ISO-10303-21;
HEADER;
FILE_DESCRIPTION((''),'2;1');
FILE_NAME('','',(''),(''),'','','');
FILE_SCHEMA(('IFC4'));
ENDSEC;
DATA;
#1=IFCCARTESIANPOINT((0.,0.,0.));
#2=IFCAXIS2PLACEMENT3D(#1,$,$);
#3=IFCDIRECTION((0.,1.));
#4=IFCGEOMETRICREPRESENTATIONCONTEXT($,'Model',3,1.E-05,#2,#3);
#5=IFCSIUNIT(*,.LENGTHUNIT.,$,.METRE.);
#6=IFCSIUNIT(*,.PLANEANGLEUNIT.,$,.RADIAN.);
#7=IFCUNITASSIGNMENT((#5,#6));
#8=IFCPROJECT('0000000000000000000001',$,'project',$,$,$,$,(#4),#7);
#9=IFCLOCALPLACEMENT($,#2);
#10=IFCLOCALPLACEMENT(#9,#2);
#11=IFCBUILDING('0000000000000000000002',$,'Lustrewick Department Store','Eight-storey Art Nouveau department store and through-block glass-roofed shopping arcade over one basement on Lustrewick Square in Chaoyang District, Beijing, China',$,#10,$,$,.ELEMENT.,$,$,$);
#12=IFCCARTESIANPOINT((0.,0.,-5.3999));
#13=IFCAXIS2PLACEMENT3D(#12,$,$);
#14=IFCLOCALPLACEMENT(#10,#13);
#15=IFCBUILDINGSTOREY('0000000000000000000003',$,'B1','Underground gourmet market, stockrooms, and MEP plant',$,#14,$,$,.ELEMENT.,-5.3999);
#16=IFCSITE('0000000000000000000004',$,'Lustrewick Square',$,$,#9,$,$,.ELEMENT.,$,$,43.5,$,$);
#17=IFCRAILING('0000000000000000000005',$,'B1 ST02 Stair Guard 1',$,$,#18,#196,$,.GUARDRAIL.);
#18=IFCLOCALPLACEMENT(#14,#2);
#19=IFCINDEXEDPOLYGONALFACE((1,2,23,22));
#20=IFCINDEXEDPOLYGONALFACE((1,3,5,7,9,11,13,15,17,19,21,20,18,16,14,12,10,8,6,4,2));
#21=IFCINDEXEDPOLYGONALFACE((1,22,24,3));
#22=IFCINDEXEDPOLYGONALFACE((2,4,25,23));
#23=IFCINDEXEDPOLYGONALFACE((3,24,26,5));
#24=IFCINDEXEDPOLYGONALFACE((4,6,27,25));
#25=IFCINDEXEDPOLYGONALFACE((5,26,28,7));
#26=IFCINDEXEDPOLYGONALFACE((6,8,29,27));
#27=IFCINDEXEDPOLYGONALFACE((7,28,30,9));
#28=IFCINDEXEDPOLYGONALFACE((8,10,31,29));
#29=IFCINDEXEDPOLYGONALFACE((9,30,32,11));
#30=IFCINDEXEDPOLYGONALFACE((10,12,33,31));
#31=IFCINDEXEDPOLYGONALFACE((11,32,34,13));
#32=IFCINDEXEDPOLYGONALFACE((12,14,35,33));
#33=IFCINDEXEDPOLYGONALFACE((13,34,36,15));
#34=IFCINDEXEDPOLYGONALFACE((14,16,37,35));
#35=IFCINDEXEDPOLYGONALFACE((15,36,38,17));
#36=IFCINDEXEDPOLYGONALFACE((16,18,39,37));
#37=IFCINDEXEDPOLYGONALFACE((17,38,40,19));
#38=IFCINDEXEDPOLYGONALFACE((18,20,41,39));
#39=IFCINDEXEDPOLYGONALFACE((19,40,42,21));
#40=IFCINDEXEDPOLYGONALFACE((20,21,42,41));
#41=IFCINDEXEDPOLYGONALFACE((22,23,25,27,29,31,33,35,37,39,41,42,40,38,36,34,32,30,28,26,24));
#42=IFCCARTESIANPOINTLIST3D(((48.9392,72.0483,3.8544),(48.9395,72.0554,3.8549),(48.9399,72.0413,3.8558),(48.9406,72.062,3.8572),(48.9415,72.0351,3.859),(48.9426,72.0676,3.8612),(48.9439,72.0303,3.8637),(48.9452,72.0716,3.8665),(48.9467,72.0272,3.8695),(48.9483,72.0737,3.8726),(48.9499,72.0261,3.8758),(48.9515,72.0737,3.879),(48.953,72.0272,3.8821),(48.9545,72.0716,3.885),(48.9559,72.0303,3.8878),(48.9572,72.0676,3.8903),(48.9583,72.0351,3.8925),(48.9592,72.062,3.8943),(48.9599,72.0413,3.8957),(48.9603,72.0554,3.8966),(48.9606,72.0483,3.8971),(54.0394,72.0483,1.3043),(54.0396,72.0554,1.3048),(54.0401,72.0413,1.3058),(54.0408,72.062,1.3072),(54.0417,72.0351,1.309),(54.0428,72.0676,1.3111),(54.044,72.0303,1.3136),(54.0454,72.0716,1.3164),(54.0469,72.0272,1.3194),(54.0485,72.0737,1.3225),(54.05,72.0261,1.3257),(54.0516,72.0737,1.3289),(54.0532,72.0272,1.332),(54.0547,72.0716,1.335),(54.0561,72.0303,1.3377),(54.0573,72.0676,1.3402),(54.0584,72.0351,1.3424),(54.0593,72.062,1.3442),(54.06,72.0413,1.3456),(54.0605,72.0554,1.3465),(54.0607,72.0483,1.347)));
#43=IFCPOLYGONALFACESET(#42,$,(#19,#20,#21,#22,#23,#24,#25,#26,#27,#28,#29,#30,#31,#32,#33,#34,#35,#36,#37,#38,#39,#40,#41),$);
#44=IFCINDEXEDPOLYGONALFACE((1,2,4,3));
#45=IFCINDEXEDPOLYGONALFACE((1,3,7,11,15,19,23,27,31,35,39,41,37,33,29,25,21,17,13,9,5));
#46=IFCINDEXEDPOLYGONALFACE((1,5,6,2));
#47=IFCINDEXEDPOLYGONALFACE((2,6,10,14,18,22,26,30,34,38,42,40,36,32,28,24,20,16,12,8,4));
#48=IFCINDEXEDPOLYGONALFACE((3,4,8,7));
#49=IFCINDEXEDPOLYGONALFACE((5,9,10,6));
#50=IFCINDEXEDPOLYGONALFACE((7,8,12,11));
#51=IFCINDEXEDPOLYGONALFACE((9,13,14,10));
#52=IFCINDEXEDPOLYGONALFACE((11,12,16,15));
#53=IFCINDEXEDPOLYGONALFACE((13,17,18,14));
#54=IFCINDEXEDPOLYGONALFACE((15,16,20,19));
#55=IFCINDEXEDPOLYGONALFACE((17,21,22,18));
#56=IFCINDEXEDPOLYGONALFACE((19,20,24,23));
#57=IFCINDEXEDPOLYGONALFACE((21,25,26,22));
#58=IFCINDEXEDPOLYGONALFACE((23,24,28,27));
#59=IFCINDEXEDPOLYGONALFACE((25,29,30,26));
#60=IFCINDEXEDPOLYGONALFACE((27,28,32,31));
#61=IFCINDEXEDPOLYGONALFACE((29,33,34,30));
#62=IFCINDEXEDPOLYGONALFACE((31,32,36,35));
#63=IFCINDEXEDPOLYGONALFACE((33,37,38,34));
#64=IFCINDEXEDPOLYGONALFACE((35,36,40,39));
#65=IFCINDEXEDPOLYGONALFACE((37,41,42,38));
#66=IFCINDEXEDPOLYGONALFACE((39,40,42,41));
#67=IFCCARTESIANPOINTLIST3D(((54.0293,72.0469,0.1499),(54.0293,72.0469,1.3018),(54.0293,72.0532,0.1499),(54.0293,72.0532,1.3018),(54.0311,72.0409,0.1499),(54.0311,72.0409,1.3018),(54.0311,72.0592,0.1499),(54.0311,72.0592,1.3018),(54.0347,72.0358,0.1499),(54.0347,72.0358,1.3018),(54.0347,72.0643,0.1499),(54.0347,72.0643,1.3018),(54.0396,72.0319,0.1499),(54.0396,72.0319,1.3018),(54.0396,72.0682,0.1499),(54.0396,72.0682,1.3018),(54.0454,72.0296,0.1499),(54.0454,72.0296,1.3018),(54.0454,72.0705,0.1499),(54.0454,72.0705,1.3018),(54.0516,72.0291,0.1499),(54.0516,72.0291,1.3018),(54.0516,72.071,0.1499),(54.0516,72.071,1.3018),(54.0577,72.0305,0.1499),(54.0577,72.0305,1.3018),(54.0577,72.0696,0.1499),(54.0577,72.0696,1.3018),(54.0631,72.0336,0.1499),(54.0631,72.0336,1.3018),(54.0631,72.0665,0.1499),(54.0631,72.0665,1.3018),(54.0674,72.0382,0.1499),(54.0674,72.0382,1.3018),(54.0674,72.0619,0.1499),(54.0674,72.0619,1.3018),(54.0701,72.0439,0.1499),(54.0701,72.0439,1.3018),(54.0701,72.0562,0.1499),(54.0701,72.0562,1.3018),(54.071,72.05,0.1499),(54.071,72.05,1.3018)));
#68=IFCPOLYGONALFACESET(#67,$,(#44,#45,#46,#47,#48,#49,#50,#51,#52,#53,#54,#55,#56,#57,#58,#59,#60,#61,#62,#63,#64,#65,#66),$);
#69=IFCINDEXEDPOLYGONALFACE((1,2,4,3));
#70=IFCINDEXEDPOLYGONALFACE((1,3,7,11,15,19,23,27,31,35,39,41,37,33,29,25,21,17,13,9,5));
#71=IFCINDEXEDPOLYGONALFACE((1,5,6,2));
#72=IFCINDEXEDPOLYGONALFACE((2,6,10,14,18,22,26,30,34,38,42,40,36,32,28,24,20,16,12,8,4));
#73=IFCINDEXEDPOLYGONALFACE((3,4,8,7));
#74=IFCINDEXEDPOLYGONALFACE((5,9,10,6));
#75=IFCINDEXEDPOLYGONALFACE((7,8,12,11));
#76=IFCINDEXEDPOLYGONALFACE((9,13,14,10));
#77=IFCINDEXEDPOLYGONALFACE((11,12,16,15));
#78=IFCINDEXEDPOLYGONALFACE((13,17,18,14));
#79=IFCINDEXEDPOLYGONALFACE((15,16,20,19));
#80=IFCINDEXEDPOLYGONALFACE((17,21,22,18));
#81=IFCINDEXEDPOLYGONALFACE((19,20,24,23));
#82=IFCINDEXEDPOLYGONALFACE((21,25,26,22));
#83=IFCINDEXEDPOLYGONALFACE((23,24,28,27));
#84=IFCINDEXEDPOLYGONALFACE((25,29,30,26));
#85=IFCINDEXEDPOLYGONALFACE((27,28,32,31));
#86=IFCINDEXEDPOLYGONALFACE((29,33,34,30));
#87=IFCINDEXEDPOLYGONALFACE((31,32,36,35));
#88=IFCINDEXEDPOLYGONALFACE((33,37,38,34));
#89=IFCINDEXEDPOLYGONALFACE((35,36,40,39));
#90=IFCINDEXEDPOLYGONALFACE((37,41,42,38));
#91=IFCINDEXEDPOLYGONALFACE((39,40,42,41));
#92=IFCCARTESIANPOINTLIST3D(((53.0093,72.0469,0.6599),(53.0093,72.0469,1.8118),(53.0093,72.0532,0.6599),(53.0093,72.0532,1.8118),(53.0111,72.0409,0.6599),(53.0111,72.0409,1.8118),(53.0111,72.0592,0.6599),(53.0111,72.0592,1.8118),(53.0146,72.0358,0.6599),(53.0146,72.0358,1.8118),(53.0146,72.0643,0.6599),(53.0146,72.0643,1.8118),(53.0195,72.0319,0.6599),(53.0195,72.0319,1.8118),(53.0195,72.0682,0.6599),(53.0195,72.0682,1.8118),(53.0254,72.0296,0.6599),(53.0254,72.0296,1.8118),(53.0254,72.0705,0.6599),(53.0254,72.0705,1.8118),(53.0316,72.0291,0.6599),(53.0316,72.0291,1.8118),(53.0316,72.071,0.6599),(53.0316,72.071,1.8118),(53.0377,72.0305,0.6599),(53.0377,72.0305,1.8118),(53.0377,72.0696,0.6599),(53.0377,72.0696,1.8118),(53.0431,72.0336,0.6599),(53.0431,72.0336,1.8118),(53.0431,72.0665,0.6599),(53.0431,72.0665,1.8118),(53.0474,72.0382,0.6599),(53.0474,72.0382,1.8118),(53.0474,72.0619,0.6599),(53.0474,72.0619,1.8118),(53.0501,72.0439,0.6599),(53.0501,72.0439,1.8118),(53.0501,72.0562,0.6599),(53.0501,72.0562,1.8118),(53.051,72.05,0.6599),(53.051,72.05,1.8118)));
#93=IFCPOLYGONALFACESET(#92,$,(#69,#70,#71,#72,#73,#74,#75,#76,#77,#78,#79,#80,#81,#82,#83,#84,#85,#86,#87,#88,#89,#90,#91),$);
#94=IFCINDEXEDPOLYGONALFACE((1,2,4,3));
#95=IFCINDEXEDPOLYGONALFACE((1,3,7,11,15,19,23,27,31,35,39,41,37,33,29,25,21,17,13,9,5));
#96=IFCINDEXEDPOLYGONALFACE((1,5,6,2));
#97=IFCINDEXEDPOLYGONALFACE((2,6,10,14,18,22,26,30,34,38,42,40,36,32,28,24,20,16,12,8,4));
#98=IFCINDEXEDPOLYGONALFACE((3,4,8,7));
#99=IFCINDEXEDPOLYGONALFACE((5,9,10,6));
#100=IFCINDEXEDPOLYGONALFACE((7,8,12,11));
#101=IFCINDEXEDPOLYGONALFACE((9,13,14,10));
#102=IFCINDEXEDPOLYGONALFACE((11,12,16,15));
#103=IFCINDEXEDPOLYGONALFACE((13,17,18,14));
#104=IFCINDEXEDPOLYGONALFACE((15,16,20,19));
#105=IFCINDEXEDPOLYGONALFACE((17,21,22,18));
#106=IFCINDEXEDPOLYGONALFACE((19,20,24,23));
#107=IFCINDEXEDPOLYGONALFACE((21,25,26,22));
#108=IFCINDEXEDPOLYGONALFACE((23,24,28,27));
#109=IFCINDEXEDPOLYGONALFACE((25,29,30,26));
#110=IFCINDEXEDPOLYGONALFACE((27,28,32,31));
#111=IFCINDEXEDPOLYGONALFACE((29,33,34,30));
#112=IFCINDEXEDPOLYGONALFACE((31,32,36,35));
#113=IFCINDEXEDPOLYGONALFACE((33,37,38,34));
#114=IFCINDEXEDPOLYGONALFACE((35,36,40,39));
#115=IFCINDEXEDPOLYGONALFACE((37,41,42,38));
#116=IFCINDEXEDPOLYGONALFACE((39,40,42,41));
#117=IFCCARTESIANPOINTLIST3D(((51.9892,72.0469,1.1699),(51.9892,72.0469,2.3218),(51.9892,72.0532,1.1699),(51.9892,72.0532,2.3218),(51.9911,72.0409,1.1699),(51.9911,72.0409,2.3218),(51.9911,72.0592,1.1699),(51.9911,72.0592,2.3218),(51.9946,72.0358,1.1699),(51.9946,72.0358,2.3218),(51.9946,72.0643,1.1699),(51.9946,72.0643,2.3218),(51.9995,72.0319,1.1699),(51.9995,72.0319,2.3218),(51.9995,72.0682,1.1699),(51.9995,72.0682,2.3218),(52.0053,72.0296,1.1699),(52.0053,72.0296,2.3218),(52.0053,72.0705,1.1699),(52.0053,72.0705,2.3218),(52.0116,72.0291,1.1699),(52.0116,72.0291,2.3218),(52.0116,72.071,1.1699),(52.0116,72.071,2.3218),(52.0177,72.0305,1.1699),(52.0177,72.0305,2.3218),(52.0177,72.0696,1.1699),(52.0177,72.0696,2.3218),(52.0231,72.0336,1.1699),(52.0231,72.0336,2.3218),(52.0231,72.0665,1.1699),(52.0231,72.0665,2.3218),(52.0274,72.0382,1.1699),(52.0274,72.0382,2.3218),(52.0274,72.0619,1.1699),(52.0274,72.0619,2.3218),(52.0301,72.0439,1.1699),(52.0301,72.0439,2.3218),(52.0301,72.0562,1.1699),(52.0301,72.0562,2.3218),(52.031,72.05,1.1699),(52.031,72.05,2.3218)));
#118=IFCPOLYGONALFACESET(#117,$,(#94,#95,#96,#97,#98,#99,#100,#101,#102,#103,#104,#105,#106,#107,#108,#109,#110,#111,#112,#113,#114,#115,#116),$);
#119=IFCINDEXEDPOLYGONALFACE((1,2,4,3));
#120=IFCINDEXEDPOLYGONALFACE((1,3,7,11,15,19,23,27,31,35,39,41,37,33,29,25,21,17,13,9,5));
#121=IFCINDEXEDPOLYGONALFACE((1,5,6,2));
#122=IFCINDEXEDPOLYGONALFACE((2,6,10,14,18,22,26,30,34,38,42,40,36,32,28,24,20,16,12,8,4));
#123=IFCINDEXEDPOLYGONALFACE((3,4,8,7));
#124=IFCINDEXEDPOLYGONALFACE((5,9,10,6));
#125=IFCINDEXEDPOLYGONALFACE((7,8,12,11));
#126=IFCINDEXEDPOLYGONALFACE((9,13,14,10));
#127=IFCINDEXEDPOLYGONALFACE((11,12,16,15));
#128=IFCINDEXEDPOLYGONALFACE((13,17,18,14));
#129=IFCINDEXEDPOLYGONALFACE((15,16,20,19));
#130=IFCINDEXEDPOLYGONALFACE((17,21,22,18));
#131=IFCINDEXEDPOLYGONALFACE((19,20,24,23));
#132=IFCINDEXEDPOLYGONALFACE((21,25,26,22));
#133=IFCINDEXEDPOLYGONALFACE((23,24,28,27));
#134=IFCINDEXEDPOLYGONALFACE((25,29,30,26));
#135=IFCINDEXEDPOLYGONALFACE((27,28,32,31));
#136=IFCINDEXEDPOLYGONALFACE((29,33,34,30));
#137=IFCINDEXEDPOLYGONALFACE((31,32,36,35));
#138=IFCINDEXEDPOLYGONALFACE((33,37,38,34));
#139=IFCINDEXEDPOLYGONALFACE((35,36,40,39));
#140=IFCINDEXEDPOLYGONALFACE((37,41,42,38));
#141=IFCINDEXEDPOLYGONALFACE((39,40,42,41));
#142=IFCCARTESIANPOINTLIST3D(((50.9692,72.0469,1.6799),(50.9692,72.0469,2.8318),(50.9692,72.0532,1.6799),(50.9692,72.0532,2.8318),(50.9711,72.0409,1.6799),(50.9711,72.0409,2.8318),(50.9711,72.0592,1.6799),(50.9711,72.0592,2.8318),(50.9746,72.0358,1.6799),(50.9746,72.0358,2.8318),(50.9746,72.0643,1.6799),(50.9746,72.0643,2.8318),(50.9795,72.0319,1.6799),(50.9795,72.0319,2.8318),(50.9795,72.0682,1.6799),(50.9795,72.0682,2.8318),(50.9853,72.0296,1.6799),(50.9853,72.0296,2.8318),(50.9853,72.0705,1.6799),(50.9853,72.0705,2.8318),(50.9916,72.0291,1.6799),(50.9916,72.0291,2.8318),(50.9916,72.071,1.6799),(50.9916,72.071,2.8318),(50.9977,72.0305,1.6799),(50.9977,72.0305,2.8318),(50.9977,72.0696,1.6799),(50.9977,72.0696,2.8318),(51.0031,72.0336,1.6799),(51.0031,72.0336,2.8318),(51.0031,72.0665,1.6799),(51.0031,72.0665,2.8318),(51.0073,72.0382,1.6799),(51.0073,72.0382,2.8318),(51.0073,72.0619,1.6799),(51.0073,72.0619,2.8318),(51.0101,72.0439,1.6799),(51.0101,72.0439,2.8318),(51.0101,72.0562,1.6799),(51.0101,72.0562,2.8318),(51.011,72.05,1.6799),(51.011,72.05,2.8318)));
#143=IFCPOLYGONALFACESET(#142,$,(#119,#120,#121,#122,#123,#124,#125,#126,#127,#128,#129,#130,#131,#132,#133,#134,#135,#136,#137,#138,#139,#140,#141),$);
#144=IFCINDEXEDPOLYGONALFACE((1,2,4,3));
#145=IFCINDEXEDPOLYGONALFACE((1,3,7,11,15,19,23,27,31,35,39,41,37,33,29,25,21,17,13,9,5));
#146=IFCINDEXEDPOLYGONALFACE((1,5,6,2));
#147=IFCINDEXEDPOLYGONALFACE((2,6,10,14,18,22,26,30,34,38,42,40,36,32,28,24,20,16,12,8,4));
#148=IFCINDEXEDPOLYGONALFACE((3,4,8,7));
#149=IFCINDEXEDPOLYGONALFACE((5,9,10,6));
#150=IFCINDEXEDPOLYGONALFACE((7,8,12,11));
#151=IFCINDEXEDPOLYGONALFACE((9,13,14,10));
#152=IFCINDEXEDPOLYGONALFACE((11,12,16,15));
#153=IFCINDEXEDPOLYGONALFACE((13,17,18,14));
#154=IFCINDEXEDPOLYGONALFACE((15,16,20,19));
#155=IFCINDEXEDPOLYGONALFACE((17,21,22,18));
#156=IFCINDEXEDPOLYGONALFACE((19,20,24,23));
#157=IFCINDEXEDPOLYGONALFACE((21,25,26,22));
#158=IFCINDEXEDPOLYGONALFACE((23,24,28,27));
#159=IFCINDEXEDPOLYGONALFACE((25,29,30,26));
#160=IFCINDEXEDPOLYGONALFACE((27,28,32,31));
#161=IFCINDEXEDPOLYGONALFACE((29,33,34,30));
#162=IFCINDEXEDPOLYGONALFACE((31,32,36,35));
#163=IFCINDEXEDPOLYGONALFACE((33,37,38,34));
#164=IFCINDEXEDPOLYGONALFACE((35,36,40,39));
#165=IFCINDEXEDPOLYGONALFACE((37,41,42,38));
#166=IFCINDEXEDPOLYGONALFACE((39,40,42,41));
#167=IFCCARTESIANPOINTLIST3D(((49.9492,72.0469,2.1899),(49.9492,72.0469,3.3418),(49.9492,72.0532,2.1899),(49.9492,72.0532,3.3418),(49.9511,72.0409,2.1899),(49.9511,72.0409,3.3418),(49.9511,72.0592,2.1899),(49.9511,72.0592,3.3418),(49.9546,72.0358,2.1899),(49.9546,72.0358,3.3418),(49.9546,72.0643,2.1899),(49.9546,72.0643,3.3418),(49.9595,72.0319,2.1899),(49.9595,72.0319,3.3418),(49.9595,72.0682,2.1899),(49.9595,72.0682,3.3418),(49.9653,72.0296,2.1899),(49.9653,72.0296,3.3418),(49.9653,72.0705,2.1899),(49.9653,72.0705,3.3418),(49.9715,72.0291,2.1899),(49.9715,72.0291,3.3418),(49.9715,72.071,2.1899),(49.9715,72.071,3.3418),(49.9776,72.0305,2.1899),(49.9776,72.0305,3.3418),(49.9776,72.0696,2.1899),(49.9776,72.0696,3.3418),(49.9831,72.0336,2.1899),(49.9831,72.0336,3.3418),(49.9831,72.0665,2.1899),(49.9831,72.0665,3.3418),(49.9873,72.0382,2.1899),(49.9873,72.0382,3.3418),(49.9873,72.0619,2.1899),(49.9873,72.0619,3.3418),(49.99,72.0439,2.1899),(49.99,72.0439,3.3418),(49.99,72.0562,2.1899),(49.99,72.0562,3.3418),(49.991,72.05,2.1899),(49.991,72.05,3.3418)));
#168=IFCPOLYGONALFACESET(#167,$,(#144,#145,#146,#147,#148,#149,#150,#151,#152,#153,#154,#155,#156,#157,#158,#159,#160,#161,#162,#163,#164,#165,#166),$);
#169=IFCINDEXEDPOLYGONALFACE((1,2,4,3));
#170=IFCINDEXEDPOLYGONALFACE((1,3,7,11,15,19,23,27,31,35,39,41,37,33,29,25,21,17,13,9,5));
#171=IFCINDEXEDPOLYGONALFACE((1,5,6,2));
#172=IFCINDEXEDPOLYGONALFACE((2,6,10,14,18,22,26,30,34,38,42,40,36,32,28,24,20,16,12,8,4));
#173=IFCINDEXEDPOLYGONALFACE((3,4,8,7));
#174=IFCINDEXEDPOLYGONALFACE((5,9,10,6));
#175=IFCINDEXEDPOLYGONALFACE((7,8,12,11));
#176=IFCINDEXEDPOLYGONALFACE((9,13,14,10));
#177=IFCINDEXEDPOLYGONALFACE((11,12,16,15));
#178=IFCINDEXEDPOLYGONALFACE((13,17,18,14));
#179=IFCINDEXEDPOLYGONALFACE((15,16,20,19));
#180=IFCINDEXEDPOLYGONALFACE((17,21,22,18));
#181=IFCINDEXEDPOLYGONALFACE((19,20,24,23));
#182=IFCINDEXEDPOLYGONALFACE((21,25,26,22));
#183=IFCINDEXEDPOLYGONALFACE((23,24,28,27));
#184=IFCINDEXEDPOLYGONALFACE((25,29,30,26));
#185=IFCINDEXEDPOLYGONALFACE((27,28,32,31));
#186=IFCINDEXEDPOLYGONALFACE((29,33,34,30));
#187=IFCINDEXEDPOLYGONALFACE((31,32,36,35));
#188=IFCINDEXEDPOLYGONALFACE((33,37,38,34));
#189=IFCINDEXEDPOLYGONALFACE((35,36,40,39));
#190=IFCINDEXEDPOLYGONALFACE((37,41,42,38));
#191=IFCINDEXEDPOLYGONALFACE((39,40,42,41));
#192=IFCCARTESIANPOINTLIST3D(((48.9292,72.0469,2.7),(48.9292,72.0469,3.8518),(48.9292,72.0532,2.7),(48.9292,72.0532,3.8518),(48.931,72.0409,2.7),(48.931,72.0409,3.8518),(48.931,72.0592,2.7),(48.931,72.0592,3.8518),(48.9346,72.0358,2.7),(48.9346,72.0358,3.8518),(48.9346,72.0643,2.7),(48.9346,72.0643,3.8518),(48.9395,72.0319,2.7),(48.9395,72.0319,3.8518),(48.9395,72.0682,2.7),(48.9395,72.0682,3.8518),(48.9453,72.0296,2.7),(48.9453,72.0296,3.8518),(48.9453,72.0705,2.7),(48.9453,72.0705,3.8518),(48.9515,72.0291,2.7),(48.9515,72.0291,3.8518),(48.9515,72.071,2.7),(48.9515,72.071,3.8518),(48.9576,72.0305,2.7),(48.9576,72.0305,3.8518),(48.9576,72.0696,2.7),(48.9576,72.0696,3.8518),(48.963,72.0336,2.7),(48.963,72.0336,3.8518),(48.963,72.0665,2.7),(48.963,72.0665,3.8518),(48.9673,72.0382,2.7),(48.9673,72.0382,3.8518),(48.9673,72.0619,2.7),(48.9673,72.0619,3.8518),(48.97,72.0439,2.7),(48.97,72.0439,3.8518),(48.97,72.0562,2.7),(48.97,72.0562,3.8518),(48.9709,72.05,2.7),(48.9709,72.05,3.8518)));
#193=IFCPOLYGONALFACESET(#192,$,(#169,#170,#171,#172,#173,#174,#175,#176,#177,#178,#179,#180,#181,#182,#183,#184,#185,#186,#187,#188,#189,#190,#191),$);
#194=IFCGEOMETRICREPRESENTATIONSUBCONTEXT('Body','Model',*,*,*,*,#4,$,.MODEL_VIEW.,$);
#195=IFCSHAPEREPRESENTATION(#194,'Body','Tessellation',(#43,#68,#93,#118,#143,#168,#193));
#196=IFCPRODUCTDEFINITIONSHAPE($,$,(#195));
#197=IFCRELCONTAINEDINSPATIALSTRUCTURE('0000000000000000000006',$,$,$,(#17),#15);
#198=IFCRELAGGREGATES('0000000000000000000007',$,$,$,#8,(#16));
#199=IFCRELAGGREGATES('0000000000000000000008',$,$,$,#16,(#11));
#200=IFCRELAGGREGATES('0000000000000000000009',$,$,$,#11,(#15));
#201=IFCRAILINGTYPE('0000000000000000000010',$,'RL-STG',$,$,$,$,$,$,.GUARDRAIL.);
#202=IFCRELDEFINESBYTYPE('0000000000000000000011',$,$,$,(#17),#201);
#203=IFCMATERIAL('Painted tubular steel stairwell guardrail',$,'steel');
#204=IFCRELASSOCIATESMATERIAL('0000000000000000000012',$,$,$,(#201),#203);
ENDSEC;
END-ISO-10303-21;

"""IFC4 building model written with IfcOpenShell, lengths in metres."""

from ifc_helpers import new_model, si_unit, direction, frame, origin, origin_2d, place, context, subcontext, project, spatial, circle, extrude, material, type_object, element, save


model = new_model("IFC4")

# Units and contexts
model_context = context("Model", 3, precision=1e-05, world=origin(), true_north=direction((0.0, 1.0)))
body_context = subcontext(model_context, "Body", "Model", "MODEL_VIEW")
ifc_project = project(units=[si_unit("LENGTHUNIT", "METRE"), si_unit("PLANEANGLEUNIT", "RADIAN")], contexts=[model_context])

# Site, building, storey
site_placement = place(None, origin())
site = spatial("IfcSite", under=ifc_project, at=site_placement, Name="Lustrewick Square", CompositionType="ELEMENT", RefElevation=43.5)
building_placement = place(site_placement, origin())
building = spatial("IfcBuilding", under=site, at=building_placement, Name="Lustrewick Department Store", Description="Eight-storey Art Nouveau department store and through-block glass-roofed shopping arcade over one basement on Lustrewick Square in Chaoyang District, Beijing, China", CompositionType="ELEMENT")
storey_placement = place(building_placement, frame((0.0, 0.0, -5.3999)))
storey = spatial("IfcBuildingStorey", under=building, at=storey_placement, Name="B1", Description="Underground gourmet market, stockrooms, and MEP plant", CompositionType="ELEMENT", Elevation=-5.3999)

# Railing
ifc_material_1 = material(Name="Painted tubular steel stairwell guardrail", Category="steel")
railing_type_1 = type_object("IfcRailingType", Name="RL-STG", PredefinedType="GUARDRAIL", material=ifc_material_1)
railing_1_placement = place(storey_placement, frame((54.05, 72.05, 0.1499)))
element("IfcRailing", 1, at=railing_1_placement, inside=storey, type_object=railing_type_1, Name="B1 ST02 Stair Guard 1", PredefinedType="GUARDRAIL", context=body_context, shape_type="SweptSolid", body=[
    extrude(circle(Radius=0.0239, at=origin_2d()), frame((0.0, 0.0, 1.1758), z_axis=(-0.894427, 0.0, 0.447214), x_axis=(0.0, -1.0, 0.0)), (0.0, 0.0, 1.0), 5.7021),
    extrude(circle(Radius=0.021, at=origin_2d()), origin(), (0.0, 0.0, 1.0), 1.1519),
    extrude(circle(Radius=0.021, at=origin_2d()), frame((-1.02, 0.0, 0.51)), (0.0, 0.0, 1.0), 1.1519),
    extrude(circle(Radius=0.021, at=origin_2d()), frame((-2.04, 0.0, 1.02)), (0.0, 0.0, 1.0), 1.1519),
    extrude(circle(Radius=0.021, at=origin_2d()), frame((-3.0601, 0.0, 1.53)), (0.0, 0.0, 1.0), 1.1519),
    extrude(circle(Radius=0.021, at=origin_2d()), frame((-4.0801, 0.0, 2.04)), (0.0, 0.0, 1.0), 1.1519),
    extrude(circle(Radius=0.021, at=origin_2d()), frame((-5.1001, 0.0, 2.55)), (0.0, 0.0, 1.0), 1.1519),
])

save(model, "model.ifc")
